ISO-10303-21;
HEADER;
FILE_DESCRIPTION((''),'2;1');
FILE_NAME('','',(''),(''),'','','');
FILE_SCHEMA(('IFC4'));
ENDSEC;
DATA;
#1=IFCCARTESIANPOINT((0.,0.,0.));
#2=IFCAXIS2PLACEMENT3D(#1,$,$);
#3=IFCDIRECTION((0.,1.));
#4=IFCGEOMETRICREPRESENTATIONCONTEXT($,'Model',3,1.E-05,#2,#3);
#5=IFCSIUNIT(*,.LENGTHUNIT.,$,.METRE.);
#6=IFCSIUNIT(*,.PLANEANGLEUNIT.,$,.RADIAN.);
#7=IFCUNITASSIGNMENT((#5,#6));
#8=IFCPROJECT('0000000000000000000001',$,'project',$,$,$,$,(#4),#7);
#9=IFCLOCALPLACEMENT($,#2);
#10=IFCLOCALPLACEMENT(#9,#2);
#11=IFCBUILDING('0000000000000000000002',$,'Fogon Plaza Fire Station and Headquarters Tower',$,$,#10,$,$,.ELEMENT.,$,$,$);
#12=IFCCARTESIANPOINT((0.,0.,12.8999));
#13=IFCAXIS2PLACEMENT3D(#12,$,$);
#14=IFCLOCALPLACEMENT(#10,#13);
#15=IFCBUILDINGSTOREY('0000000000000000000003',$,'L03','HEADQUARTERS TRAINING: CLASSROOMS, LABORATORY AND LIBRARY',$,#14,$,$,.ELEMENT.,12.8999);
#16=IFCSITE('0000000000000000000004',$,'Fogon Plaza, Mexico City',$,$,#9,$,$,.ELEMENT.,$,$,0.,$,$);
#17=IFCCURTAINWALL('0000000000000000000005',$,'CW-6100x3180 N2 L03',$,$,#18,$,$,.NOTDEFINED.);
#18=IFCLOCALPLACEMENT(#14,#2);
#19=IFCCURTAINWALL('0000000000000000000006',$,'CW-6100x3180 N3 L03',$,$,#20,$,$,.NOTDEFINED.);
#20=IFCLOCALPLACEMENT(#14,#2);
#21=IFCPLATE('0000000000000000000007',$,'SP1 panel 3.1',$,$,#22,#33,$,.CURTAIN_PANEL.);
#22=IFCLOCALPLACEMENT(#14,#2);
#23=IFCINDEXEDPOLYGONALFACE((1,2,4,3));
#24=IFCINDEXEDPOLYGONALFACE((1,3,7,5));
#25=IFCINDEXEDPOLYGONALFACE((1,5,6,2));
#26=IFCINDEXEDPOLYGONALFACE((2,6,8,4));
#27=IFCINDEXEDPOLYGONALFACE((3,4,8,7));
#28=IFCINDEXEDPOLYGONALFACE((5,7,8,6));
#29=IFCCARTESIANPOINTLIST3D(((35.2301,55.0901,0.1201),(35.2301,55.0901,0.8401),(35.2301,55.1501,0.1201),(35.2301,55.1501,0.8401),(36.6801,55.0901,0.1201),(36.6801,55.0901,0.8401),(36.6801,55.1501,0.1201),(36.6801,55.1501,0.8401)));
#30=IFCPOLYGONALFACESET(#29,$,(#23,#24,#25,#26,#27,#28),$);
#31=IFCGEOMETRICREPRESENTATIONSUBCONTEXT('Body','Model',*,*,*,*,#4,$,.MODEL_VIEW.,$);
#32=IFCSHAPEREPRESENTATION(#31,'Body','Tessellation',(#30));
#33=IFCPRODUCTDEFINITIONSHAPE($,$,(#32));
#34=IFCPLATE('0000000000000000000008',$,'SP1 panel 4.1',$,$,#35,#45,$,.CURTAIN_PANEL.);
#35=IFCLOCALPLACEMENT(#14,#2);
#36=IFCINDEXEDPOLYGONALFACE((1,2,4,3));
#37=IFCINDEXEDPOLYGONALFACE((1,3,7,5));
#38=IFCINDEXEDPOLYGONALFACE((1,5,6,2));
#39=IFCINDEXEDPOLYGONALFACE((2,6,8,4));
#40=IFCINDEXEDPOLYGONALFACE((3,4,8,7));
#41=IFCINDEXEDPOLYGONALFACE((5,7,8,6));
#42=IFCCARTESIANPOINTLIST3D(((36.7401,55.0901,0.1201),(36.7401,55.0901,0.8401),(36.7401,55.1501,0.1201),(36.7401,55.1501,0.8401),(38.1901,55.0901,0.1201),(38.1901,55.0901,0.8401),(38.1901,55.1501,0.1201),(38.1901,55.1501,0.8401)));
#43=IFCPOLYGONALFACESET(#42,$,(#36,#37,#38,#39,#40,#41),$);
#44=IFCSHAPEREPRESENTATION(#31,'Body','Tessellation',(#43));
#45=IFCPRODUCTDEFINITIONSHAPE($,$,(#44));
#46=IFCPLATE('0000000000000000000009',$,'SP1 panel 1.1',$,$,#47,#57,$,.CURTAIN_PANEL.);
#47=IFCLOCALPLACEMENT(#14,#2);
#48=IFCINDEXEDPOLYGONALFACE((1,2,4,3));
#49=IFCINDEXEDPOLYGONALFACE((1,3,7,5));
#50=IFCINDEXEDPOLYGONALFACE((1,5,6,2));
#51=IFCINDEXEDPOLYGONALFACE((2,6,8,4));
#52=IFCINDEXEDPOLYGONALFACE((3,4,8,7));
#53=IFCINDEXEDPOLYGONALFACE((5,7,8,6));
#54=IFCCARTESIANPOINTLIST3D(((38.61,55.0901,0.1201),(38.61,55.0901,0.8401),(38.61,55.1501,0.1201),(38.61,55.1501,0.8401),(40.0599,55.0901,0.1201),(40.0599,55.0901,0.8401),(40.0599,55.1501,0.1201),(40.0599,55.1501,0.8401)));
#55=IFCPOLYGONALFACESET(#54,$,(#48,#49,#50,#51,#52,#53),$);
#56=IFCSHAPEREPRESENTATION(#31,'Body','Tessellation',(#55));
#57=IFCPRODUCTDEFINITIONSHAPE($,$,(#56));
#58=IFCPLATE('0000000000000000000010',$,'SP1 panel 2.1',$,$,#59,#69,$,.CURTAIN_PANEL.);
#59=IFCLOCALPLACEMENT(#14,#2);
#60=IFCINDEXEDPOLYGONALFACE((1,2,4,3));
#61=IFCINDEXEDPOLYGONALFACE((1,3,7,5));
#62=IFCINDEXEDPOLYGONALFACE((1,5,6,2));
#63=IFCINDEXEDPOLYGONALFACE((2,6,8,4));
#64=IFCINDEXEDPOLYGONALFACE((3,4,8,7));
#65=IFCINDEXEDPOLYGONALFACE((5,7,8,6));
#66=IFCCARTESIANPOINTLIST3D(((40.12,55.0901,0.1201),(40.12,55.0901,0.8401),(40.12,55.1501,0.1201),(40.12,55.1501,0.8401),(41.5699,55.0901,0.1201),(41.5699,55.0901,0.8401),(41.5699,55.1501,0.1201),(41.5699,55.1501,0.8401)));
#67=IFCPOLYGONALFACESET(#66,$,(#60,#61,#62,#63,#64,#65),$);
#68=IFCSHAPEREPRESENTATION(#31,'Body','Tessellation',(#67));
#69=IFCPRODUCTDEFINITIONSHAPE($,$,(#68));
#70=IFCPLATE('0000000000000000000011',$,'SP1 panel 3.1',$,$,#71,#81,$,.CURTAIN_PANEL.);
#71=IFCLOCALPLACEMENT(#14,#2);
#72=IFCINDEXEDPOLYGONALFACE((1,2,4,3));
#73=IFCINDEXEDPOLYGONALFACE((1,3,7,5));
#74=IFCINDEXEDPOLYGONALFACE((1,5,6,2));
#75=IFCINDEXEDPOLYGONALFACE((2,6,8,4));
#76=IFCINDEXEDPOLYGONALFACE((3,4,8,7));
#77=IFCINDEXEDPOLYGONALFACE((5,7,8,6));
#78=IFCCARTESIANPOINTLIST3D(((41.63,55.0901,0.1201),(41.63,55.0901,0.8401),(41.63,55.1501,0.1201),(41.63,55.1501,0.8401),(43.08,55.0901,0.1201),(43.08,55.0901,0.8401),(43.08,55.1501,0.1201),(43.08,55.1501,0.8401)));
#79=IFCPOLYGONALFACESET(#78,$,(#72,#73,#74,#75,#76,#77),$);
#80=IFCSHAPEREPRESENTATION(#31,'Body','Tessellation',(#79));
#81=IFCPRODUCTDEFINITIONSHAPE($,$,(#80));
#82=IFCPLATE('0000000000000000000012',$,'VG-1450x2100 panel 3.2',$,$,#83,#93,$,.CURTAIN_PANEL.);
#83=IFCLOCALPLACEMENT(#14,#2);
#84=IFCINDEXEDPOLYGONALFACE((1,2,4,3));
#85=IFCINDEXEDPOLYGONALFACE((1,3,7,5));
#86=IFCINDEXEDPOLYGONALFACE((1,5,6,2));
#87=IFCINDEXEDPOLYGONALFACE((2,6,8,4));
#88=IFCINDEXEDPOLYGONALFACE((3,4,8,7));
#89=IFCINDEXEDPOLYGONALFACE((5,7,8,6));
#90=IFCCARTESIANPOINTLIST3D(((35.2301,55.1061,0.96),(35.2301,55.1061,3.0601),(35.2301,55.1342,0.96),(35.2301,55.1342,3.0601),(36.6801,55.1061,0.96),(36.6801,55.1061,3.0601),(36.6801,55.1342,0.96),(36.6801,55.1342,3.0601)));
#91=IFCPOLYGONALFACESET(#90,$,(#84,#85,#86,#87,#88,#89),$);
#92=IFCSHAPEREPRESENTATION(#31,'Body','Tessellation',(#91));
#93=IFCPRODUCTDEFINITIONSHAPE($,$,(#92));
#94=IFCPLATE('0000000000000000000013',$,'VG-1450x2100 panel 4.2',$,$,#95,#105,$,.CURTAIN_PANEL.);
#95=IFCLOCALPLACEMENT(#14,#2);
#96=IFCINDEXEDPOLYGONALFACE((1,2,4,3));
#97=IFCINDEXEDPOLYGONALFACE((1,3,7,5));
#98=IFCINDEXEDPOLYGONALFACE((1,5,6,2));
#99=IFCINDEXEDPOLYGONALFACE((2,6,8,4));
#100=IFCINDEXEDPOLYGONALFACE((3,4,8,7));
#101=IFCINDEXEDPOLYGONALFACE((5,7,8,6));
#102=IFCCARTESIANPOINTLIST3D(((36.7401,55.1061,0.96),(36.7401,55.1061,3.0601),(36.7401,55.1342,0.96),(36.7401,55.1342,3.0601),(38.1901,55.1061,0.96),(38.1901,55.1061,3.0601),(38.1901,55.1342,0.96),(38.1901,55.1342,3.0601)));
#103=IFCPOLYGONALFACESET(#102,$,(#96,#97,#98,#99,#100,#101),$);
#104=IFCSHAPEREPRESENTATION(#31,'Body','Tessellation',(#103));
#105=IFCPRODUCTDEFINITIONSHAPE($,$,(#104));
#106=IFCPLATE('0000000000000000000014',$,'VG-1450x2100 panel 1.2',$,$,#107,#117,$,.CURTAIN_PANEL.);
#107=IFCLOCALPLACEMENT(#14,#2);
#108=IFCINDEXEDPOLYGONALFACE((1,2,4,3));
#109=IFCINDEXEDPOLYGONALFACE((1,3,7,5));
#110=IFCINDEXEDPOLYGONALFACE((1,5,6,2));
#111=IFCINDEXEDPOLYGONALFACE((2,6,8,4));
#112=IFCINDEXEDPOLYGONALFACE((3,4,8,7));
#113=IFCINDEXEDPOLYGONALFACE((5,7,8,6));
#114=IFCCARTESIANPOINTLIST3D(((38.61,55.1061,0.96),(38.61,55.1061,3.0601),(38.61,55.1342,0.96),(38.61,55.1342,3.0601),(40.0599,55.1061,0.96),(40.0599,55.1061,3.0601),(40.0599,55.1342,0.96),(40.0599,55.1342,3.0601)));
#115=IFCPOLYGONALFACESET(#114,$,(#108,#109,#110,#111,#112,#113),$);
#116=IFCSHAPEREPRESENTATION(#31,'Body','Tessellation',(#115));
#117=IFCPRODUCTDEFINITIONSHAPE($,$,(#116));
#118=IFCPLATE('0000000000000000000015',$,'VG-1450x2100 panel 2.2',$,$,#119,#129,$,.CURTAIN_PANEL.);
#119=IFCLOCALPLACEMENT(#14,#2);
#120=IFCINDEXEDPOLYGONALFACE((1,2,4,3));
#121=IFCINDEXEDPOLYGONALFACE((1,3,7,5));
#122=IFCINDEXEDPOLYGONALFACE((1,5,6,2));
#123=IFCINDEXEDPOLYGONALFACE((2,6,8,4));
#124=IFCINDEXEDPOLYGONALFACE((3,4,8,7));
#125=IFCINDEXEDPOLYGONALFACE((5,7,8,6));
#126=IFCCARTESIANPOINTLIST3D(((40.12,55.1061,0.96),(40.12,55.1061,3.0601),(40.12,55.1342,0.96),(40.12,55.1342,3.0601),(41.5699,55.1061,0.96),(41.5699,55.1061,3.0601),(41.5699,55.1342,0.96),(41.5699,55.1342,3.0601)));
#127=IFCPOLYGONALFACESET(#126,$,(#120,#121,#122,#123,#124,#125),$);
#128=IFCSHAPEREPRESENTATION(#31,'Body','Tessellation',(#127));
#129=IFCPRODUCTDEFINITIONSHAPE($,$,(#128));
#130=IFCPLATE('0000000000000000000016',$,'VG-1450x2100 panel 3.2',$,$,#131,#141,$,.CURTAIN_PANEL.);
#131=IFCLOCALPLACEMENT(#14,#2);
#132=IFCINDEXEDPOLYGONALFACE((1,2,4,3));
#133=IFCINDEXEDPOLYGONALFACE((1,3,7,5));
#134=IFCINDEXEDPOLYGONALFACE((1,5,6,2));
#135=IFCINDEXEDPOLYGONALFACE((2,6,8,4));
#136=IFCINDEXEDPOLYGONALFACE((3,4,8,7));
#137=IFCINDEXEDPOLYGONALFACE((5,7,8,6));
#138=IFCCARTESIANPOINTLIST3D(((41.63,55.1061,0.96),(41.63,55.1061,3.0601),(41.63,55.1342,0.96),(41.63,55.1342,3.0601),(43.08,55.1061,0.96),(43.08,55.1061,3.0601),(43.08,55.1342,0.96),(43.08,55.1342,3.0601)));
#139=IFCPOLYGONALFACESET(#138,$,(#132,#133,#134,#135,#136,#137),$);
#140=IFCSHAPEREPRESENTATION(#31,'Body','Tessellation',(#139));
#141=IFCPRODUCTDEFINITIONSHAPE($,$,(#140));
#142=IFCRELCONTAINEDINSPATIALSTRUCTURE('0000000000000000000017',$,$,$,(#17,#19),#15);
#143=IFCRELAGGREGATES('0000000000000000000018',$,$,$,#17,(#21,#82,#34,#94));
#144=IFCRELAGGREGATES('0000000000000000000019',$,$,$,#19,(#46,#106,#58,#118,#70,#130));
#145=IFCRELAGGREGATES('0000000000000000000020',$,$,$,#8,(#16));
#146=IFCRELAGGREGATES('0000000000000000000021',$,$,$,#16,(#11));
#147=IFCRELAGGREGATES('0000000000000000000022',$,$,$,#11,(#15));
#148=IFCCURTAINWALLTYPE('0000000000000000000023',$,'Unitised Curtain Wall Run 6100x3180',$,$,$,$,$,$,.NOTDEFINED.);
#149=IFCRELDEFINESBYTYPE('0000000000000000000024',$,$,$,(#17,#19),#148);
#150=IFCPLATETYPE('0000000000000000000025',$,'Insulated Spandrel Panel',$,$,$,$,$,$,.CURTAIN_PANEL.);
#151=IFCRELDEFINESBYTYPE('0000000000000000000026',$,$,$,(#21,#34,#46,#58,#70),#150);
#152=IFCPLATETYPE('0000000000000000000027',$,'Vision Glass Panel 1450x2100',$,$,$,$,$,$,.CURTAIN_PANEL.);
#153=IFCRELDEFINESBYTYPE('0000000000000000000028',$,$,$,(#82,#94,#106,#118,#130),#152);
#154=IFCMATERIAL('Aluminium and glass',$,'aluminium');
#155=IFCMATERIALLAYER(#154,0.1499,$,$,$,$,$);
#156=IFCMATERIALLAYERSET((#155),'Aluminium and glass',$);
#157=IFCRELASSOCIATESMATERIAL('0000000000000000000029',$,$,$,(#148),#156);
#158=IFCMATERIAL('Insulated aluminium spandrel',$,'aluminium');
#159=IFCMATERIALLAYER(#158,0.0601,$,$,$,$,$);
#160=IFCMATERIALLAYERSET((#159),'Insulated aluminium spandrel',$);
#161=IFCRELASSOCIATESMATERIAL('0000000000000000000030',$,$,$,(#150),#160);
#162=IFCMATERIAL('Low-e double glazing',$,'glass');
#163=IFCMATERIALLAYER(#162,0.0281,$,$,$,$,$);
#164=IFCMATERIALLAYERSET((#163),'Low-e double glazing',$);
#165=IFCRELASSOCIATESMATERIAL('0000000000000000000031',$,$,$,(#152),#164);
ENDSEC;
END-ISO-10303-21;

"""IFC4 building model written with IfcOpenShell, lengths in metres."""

from ifc_helpers import new_model, si_unit, direction, frame, origin, origin_2d, place, context, subcontext, project, spatial, rectangle, extrude, material, layer, layer_set, type_object, element, aggregate, save


model = new_model("IFC4")

# Units and contexts
model_context = context("Model", 3, precision=1e-05, world=origin(), true_north=direction((0.0, 1.0)))
body_context = subcontext(model_context, "Body", "Model", "MODEL_VIEW")
ifc_project = project(units=[si_unit("LENGTHUNIT", "METRE"), si_unit("PLANEANGLEUNIT", "RADIAN")], contexts=[model_context])

# Site, building, storey
site_placement = place(None, origin())
site = spatial("IfcSite", under=ifc_project, at=site_placement, Name="Fogon Plaza, Mexico City", CompositionType="ELEMENT", RefElevation=0.0)
building_placement = place(site_placement, origin())
building = spatial("IfcBuilding", under=site, at=building_placement, Name="Fogon Plaza Fire Station and Headquarters Tower", CompositionType="ELEMENT")
storey_placement = place(building_placement, frame((0.0, 0.0, 12.8999)))
storey = spatial("IfcBuildingStorey", under=building, at=storey_placement, Name="L03", Description="HEADQUARTERS TRAINING: CLASSROOMS, LABORATORY AND LIBRARY", CompositionType="ELEMENT", Elevation=12.8999)

# Curtain walls
ifc_material_1 = material(Name="Aluminium and glass", Category="aluminium")
ifc_layer_1 = layer(ifc_material_1, 0.1499)
ifc_layer_set_1 = layer_set([ifc_layer_1], Name="Aluminium and glass")
curtain_wall_type = type_object("IfcCurtainWallType", Name="Unitised Curtain Wall Run 6100x3180", PredefinedType="NOTDEFINED", material=ifc_layer_set_1)
curtain_wall_1_placement = place(storey_placement, origin())
curtain_wall_1 = element("IfcCurtainWall", 1, at=curtain_wall_1_placement, inside=storey, type_object=curtain_wall_type, Name="CW-6100x3180 N2 L03", PredefinedType="NOTDEFINED")
curtain_wall_2_placement = place(storey_placement, origin())
curtain_wall_2 = element("IfcCurtainWall", 2, at=curtain_wall_2_placement, inside=storey, type_object=curtain_wall_type, Name="CW-6100x3180 N3 L03", PredefinedType="NOTDEFINED")

# Plates
ifc_material_2 = material(Name="Insulated aluminium spandrel", Category="aluminium")
ifc_layer_2 = layer(ifc_material_2, 0.0601)
ifc_layer_set_2 = layer_set([ifc_layer_2], Name="Insulated aluminium spandrel")
plate_type_1 = type_object("IfcPlateType", Name="Insulated Spandrel Panel", PredefinedType="CURTAIN_PANEL", material=ifc_layer_set_2)
plate_1_placement = place(storey_placement, frame((35.9551, 55.1201, 0.1201), z_axis=(0.0, 0.0, 1.0), x_axis=(1.0, 0.0, 0.0)))
plate_1 = element("IfcPlate", 3, at=plate_1_placement, type_object=plate_type_1, Name="SP1 panel 3.1", PredefinedType="CURTAIN_PANEL", context=body_context, shape_type="SweptSolid", body=[
    extrude(rectangle(XDim=1.45, YDim=0.0601, at=origin_2d()), origin(), (0.0, 0.0, 1.0), 0.72),
])
plate_2_placement = place(storey_placement, frame((37.4651, 55.1201, 0.1201), z_axis=(0.0, 0.0, 1.0), x_axis=(1.0, 0.0, 0.0)))
plate_2 = element("IfcPlate", 4, at=plate_2_placement, type_object=plate_type_1, Name="SP1 panel 4.1", PredefinedType="CURTAIN_PANEL", context=body_context, shape_type="SweptSolid", body=[
    extrude(rectangle(XDim=1.45, YDim=0.0601, at=origin_2d()), origin(), (0.0, 0.0, 1.0), 0.72),
])
plate_3_placement = place(storey_placement, frame((39.335, 55.1201, 0.1201), z_axis=(0.0, 0.0, 1.0), x_axis=(1.0, 0.0, 0.0)))
plate_3 = element("IfcPlate", 5, at=plate_3_placement, type_object=plate_type_1, Name="SP1 panel 1.1", PredefinedType="CURTAIN_PANEL", context=body_context, shape_type="SweptSolid", body=[
    extrude(rectangle(XDim=1.45, YDim=0.0601, at=origin_2d()), origin(), (0.0, 0.0, 1.0), 0.72),
])
plate_4_placement = place(storey_placement, frame((40.845, 55.1201, 0.1201), z_axis=(0.0, 0.0, 1.0), x_axis=(1.0, 0.0, 0.0)))
plate_4 = element("IfcPlate", 6, at=plate_4_placement, type_object=plate_type_1, Name="SP1 panel 2.1", PredefinedType="CURTAIN_PANEL", context=body_context, shape_type="SweptSolid", body=[
    extrude(rectangle(XDim=1.45, YDim=0.0601, at=origin_2d()), origin(), (0.0, 0.0, 1.0), 0.72),
])
plate_5_placement = place(storey_placement, frame((42.355, 55.1201, 0.1201), z_axis=(0.0, 0.0, 1.0), x_axis=(1.0, 0.0, 0.0)))
plate_5 = element("IfcPlate", 7, at=plate_5_placement, type_object=plate_type_1, Name="SP1 panel 3.1", PredefinedType="CURTAIN_PANEL", context=body_context, shape_type="SweptSolid", body=[
    extrude(rectangle(XDim=1.45, YDim=0.0601, at=origin_2d()), origin(), (0.0, 0.0, 1.0), 0.72),
])
ifc_material_3 = material(Name="Low-e double glazing", Category="glass")
ifc_layer_3 = layer(ifc_material_3, 0.0281)
ifc_layer_set_3 = layer_set([ifc_layer_3], Name="Low-e double glazing")
plate_type_2 = type_object("IfcPlateType", Name="Vision Glass Panel 1450x2100", PredefinedType="CURTAIN_PANEL", material=ifc_layer_set_3)
plate_6_placement = place(storey_placement, frame((35.9551, 55.1201, 0.96), z_axis=(0.0, 0.0, 1.0), x_axis=(1.0, 0.0, 0.0)))
plate_6 = element("IfcPlate", 8, at=plate_6_placement, type_object=plate_type_2, Name="VG-1450x2100 panel 3.2", PredefinedType="CURTAIN_PANEL", context=body_context, shape_type="SweptSolid", body=[
    extrude(rectangle(XDim=1.45, YDim=0.0281, at=origin_2d()), origin(), (0.0, 0.0, 1.0), 2.1001),
])
plate_7_placement = place(storey_placement, frame((37.4651, 55.1201, 0.96), z_axis=(0.0, 0.0, 1.0), x_axis=(1.0, 0.0, 0.0)))
plate_7 = element("IfcPlate", 9, at=plate_7_placement, type_object=plate_type_2, Name="VG-1450x2100 panel 4.2", PredefinedType="CURTAIN_PANEL", context=body_context, shape_type="SweptSolid", body=[
    extrude(rectangle(XDim=1.45, YDim=0.0281, at=origin_2d()), origin(), (0.0, 0.0, 1.0), 2.1001),
])
aggregate(curtain_wall_1, [plate_1, plate_6, plate_2, plate_7])
plate_8_placement = place(storey_placement, frame((39.335, 55.1201, 0.96), z_axis=(0.0, 0.0, 1.0), x_axis=(1.0, 0.0, 0.0)))
plate_8 = element("IfcPlate", 10, at=plate_8_placement, type_object=plate_type_2, Name="VG-1450x2100 panel 1.2", PredefinedType="CURTAIN_PANEL", context=body_context, shape_type="SweptSolid", body=[
    extrude(rectangle(XDim=1.45, YDim=0.0281, at=origin_2d()), origin(), (0.0, 0.0, 1.0), 2.1001),
])
plate_9_placement = place(storey_placement, frame((40.845, 55.1201, 0.96), z_axis=(0.0, 0.0, 1.0), x_axis=(1.0, 0.0, 0.0)))
plate_9 = element("IfcPlate", 11, at=plate_9_placement, type_object=plate_type_2, Name="VG-1450x2100 panel 2.2", PredefinedType="CURTAIN_PANEL", context=body_context, shape_type="SweptSolid", body=[
    extrude(rectangle(XDim=1.45, YDim=0.0281, at=origin_2d()), origin(), (0.0, 0.0, 1.0), 2.1001),
])
plate_10_placement = place(storey_placement, frame((42.355, 55.1201, 0.96), z_axis=(0.0, 0.0, 1.0), x_axis=(1.0, 0.0, 0.0)))
plate_10 = element("IfcPlate", 12, at=plate_10_placement, type_object=plate_type_2, Name="VG-1450x2100 panel 3.2", PredefinedType="CURTAIN_PANEL", context=body_context, shape_type="SweptSolid", body=[
    extrude(rectangle(XDim=1.45, YDim=0.0281, at=origin_2d()), origin(), (0.0, 0.0, 1.0), 2.1001),
])
aggregate(curtain_wall_2, [plate_3, plate_8, plate_4, plate_9, plate_5, plate_10])

save(model, "model.ifc")
